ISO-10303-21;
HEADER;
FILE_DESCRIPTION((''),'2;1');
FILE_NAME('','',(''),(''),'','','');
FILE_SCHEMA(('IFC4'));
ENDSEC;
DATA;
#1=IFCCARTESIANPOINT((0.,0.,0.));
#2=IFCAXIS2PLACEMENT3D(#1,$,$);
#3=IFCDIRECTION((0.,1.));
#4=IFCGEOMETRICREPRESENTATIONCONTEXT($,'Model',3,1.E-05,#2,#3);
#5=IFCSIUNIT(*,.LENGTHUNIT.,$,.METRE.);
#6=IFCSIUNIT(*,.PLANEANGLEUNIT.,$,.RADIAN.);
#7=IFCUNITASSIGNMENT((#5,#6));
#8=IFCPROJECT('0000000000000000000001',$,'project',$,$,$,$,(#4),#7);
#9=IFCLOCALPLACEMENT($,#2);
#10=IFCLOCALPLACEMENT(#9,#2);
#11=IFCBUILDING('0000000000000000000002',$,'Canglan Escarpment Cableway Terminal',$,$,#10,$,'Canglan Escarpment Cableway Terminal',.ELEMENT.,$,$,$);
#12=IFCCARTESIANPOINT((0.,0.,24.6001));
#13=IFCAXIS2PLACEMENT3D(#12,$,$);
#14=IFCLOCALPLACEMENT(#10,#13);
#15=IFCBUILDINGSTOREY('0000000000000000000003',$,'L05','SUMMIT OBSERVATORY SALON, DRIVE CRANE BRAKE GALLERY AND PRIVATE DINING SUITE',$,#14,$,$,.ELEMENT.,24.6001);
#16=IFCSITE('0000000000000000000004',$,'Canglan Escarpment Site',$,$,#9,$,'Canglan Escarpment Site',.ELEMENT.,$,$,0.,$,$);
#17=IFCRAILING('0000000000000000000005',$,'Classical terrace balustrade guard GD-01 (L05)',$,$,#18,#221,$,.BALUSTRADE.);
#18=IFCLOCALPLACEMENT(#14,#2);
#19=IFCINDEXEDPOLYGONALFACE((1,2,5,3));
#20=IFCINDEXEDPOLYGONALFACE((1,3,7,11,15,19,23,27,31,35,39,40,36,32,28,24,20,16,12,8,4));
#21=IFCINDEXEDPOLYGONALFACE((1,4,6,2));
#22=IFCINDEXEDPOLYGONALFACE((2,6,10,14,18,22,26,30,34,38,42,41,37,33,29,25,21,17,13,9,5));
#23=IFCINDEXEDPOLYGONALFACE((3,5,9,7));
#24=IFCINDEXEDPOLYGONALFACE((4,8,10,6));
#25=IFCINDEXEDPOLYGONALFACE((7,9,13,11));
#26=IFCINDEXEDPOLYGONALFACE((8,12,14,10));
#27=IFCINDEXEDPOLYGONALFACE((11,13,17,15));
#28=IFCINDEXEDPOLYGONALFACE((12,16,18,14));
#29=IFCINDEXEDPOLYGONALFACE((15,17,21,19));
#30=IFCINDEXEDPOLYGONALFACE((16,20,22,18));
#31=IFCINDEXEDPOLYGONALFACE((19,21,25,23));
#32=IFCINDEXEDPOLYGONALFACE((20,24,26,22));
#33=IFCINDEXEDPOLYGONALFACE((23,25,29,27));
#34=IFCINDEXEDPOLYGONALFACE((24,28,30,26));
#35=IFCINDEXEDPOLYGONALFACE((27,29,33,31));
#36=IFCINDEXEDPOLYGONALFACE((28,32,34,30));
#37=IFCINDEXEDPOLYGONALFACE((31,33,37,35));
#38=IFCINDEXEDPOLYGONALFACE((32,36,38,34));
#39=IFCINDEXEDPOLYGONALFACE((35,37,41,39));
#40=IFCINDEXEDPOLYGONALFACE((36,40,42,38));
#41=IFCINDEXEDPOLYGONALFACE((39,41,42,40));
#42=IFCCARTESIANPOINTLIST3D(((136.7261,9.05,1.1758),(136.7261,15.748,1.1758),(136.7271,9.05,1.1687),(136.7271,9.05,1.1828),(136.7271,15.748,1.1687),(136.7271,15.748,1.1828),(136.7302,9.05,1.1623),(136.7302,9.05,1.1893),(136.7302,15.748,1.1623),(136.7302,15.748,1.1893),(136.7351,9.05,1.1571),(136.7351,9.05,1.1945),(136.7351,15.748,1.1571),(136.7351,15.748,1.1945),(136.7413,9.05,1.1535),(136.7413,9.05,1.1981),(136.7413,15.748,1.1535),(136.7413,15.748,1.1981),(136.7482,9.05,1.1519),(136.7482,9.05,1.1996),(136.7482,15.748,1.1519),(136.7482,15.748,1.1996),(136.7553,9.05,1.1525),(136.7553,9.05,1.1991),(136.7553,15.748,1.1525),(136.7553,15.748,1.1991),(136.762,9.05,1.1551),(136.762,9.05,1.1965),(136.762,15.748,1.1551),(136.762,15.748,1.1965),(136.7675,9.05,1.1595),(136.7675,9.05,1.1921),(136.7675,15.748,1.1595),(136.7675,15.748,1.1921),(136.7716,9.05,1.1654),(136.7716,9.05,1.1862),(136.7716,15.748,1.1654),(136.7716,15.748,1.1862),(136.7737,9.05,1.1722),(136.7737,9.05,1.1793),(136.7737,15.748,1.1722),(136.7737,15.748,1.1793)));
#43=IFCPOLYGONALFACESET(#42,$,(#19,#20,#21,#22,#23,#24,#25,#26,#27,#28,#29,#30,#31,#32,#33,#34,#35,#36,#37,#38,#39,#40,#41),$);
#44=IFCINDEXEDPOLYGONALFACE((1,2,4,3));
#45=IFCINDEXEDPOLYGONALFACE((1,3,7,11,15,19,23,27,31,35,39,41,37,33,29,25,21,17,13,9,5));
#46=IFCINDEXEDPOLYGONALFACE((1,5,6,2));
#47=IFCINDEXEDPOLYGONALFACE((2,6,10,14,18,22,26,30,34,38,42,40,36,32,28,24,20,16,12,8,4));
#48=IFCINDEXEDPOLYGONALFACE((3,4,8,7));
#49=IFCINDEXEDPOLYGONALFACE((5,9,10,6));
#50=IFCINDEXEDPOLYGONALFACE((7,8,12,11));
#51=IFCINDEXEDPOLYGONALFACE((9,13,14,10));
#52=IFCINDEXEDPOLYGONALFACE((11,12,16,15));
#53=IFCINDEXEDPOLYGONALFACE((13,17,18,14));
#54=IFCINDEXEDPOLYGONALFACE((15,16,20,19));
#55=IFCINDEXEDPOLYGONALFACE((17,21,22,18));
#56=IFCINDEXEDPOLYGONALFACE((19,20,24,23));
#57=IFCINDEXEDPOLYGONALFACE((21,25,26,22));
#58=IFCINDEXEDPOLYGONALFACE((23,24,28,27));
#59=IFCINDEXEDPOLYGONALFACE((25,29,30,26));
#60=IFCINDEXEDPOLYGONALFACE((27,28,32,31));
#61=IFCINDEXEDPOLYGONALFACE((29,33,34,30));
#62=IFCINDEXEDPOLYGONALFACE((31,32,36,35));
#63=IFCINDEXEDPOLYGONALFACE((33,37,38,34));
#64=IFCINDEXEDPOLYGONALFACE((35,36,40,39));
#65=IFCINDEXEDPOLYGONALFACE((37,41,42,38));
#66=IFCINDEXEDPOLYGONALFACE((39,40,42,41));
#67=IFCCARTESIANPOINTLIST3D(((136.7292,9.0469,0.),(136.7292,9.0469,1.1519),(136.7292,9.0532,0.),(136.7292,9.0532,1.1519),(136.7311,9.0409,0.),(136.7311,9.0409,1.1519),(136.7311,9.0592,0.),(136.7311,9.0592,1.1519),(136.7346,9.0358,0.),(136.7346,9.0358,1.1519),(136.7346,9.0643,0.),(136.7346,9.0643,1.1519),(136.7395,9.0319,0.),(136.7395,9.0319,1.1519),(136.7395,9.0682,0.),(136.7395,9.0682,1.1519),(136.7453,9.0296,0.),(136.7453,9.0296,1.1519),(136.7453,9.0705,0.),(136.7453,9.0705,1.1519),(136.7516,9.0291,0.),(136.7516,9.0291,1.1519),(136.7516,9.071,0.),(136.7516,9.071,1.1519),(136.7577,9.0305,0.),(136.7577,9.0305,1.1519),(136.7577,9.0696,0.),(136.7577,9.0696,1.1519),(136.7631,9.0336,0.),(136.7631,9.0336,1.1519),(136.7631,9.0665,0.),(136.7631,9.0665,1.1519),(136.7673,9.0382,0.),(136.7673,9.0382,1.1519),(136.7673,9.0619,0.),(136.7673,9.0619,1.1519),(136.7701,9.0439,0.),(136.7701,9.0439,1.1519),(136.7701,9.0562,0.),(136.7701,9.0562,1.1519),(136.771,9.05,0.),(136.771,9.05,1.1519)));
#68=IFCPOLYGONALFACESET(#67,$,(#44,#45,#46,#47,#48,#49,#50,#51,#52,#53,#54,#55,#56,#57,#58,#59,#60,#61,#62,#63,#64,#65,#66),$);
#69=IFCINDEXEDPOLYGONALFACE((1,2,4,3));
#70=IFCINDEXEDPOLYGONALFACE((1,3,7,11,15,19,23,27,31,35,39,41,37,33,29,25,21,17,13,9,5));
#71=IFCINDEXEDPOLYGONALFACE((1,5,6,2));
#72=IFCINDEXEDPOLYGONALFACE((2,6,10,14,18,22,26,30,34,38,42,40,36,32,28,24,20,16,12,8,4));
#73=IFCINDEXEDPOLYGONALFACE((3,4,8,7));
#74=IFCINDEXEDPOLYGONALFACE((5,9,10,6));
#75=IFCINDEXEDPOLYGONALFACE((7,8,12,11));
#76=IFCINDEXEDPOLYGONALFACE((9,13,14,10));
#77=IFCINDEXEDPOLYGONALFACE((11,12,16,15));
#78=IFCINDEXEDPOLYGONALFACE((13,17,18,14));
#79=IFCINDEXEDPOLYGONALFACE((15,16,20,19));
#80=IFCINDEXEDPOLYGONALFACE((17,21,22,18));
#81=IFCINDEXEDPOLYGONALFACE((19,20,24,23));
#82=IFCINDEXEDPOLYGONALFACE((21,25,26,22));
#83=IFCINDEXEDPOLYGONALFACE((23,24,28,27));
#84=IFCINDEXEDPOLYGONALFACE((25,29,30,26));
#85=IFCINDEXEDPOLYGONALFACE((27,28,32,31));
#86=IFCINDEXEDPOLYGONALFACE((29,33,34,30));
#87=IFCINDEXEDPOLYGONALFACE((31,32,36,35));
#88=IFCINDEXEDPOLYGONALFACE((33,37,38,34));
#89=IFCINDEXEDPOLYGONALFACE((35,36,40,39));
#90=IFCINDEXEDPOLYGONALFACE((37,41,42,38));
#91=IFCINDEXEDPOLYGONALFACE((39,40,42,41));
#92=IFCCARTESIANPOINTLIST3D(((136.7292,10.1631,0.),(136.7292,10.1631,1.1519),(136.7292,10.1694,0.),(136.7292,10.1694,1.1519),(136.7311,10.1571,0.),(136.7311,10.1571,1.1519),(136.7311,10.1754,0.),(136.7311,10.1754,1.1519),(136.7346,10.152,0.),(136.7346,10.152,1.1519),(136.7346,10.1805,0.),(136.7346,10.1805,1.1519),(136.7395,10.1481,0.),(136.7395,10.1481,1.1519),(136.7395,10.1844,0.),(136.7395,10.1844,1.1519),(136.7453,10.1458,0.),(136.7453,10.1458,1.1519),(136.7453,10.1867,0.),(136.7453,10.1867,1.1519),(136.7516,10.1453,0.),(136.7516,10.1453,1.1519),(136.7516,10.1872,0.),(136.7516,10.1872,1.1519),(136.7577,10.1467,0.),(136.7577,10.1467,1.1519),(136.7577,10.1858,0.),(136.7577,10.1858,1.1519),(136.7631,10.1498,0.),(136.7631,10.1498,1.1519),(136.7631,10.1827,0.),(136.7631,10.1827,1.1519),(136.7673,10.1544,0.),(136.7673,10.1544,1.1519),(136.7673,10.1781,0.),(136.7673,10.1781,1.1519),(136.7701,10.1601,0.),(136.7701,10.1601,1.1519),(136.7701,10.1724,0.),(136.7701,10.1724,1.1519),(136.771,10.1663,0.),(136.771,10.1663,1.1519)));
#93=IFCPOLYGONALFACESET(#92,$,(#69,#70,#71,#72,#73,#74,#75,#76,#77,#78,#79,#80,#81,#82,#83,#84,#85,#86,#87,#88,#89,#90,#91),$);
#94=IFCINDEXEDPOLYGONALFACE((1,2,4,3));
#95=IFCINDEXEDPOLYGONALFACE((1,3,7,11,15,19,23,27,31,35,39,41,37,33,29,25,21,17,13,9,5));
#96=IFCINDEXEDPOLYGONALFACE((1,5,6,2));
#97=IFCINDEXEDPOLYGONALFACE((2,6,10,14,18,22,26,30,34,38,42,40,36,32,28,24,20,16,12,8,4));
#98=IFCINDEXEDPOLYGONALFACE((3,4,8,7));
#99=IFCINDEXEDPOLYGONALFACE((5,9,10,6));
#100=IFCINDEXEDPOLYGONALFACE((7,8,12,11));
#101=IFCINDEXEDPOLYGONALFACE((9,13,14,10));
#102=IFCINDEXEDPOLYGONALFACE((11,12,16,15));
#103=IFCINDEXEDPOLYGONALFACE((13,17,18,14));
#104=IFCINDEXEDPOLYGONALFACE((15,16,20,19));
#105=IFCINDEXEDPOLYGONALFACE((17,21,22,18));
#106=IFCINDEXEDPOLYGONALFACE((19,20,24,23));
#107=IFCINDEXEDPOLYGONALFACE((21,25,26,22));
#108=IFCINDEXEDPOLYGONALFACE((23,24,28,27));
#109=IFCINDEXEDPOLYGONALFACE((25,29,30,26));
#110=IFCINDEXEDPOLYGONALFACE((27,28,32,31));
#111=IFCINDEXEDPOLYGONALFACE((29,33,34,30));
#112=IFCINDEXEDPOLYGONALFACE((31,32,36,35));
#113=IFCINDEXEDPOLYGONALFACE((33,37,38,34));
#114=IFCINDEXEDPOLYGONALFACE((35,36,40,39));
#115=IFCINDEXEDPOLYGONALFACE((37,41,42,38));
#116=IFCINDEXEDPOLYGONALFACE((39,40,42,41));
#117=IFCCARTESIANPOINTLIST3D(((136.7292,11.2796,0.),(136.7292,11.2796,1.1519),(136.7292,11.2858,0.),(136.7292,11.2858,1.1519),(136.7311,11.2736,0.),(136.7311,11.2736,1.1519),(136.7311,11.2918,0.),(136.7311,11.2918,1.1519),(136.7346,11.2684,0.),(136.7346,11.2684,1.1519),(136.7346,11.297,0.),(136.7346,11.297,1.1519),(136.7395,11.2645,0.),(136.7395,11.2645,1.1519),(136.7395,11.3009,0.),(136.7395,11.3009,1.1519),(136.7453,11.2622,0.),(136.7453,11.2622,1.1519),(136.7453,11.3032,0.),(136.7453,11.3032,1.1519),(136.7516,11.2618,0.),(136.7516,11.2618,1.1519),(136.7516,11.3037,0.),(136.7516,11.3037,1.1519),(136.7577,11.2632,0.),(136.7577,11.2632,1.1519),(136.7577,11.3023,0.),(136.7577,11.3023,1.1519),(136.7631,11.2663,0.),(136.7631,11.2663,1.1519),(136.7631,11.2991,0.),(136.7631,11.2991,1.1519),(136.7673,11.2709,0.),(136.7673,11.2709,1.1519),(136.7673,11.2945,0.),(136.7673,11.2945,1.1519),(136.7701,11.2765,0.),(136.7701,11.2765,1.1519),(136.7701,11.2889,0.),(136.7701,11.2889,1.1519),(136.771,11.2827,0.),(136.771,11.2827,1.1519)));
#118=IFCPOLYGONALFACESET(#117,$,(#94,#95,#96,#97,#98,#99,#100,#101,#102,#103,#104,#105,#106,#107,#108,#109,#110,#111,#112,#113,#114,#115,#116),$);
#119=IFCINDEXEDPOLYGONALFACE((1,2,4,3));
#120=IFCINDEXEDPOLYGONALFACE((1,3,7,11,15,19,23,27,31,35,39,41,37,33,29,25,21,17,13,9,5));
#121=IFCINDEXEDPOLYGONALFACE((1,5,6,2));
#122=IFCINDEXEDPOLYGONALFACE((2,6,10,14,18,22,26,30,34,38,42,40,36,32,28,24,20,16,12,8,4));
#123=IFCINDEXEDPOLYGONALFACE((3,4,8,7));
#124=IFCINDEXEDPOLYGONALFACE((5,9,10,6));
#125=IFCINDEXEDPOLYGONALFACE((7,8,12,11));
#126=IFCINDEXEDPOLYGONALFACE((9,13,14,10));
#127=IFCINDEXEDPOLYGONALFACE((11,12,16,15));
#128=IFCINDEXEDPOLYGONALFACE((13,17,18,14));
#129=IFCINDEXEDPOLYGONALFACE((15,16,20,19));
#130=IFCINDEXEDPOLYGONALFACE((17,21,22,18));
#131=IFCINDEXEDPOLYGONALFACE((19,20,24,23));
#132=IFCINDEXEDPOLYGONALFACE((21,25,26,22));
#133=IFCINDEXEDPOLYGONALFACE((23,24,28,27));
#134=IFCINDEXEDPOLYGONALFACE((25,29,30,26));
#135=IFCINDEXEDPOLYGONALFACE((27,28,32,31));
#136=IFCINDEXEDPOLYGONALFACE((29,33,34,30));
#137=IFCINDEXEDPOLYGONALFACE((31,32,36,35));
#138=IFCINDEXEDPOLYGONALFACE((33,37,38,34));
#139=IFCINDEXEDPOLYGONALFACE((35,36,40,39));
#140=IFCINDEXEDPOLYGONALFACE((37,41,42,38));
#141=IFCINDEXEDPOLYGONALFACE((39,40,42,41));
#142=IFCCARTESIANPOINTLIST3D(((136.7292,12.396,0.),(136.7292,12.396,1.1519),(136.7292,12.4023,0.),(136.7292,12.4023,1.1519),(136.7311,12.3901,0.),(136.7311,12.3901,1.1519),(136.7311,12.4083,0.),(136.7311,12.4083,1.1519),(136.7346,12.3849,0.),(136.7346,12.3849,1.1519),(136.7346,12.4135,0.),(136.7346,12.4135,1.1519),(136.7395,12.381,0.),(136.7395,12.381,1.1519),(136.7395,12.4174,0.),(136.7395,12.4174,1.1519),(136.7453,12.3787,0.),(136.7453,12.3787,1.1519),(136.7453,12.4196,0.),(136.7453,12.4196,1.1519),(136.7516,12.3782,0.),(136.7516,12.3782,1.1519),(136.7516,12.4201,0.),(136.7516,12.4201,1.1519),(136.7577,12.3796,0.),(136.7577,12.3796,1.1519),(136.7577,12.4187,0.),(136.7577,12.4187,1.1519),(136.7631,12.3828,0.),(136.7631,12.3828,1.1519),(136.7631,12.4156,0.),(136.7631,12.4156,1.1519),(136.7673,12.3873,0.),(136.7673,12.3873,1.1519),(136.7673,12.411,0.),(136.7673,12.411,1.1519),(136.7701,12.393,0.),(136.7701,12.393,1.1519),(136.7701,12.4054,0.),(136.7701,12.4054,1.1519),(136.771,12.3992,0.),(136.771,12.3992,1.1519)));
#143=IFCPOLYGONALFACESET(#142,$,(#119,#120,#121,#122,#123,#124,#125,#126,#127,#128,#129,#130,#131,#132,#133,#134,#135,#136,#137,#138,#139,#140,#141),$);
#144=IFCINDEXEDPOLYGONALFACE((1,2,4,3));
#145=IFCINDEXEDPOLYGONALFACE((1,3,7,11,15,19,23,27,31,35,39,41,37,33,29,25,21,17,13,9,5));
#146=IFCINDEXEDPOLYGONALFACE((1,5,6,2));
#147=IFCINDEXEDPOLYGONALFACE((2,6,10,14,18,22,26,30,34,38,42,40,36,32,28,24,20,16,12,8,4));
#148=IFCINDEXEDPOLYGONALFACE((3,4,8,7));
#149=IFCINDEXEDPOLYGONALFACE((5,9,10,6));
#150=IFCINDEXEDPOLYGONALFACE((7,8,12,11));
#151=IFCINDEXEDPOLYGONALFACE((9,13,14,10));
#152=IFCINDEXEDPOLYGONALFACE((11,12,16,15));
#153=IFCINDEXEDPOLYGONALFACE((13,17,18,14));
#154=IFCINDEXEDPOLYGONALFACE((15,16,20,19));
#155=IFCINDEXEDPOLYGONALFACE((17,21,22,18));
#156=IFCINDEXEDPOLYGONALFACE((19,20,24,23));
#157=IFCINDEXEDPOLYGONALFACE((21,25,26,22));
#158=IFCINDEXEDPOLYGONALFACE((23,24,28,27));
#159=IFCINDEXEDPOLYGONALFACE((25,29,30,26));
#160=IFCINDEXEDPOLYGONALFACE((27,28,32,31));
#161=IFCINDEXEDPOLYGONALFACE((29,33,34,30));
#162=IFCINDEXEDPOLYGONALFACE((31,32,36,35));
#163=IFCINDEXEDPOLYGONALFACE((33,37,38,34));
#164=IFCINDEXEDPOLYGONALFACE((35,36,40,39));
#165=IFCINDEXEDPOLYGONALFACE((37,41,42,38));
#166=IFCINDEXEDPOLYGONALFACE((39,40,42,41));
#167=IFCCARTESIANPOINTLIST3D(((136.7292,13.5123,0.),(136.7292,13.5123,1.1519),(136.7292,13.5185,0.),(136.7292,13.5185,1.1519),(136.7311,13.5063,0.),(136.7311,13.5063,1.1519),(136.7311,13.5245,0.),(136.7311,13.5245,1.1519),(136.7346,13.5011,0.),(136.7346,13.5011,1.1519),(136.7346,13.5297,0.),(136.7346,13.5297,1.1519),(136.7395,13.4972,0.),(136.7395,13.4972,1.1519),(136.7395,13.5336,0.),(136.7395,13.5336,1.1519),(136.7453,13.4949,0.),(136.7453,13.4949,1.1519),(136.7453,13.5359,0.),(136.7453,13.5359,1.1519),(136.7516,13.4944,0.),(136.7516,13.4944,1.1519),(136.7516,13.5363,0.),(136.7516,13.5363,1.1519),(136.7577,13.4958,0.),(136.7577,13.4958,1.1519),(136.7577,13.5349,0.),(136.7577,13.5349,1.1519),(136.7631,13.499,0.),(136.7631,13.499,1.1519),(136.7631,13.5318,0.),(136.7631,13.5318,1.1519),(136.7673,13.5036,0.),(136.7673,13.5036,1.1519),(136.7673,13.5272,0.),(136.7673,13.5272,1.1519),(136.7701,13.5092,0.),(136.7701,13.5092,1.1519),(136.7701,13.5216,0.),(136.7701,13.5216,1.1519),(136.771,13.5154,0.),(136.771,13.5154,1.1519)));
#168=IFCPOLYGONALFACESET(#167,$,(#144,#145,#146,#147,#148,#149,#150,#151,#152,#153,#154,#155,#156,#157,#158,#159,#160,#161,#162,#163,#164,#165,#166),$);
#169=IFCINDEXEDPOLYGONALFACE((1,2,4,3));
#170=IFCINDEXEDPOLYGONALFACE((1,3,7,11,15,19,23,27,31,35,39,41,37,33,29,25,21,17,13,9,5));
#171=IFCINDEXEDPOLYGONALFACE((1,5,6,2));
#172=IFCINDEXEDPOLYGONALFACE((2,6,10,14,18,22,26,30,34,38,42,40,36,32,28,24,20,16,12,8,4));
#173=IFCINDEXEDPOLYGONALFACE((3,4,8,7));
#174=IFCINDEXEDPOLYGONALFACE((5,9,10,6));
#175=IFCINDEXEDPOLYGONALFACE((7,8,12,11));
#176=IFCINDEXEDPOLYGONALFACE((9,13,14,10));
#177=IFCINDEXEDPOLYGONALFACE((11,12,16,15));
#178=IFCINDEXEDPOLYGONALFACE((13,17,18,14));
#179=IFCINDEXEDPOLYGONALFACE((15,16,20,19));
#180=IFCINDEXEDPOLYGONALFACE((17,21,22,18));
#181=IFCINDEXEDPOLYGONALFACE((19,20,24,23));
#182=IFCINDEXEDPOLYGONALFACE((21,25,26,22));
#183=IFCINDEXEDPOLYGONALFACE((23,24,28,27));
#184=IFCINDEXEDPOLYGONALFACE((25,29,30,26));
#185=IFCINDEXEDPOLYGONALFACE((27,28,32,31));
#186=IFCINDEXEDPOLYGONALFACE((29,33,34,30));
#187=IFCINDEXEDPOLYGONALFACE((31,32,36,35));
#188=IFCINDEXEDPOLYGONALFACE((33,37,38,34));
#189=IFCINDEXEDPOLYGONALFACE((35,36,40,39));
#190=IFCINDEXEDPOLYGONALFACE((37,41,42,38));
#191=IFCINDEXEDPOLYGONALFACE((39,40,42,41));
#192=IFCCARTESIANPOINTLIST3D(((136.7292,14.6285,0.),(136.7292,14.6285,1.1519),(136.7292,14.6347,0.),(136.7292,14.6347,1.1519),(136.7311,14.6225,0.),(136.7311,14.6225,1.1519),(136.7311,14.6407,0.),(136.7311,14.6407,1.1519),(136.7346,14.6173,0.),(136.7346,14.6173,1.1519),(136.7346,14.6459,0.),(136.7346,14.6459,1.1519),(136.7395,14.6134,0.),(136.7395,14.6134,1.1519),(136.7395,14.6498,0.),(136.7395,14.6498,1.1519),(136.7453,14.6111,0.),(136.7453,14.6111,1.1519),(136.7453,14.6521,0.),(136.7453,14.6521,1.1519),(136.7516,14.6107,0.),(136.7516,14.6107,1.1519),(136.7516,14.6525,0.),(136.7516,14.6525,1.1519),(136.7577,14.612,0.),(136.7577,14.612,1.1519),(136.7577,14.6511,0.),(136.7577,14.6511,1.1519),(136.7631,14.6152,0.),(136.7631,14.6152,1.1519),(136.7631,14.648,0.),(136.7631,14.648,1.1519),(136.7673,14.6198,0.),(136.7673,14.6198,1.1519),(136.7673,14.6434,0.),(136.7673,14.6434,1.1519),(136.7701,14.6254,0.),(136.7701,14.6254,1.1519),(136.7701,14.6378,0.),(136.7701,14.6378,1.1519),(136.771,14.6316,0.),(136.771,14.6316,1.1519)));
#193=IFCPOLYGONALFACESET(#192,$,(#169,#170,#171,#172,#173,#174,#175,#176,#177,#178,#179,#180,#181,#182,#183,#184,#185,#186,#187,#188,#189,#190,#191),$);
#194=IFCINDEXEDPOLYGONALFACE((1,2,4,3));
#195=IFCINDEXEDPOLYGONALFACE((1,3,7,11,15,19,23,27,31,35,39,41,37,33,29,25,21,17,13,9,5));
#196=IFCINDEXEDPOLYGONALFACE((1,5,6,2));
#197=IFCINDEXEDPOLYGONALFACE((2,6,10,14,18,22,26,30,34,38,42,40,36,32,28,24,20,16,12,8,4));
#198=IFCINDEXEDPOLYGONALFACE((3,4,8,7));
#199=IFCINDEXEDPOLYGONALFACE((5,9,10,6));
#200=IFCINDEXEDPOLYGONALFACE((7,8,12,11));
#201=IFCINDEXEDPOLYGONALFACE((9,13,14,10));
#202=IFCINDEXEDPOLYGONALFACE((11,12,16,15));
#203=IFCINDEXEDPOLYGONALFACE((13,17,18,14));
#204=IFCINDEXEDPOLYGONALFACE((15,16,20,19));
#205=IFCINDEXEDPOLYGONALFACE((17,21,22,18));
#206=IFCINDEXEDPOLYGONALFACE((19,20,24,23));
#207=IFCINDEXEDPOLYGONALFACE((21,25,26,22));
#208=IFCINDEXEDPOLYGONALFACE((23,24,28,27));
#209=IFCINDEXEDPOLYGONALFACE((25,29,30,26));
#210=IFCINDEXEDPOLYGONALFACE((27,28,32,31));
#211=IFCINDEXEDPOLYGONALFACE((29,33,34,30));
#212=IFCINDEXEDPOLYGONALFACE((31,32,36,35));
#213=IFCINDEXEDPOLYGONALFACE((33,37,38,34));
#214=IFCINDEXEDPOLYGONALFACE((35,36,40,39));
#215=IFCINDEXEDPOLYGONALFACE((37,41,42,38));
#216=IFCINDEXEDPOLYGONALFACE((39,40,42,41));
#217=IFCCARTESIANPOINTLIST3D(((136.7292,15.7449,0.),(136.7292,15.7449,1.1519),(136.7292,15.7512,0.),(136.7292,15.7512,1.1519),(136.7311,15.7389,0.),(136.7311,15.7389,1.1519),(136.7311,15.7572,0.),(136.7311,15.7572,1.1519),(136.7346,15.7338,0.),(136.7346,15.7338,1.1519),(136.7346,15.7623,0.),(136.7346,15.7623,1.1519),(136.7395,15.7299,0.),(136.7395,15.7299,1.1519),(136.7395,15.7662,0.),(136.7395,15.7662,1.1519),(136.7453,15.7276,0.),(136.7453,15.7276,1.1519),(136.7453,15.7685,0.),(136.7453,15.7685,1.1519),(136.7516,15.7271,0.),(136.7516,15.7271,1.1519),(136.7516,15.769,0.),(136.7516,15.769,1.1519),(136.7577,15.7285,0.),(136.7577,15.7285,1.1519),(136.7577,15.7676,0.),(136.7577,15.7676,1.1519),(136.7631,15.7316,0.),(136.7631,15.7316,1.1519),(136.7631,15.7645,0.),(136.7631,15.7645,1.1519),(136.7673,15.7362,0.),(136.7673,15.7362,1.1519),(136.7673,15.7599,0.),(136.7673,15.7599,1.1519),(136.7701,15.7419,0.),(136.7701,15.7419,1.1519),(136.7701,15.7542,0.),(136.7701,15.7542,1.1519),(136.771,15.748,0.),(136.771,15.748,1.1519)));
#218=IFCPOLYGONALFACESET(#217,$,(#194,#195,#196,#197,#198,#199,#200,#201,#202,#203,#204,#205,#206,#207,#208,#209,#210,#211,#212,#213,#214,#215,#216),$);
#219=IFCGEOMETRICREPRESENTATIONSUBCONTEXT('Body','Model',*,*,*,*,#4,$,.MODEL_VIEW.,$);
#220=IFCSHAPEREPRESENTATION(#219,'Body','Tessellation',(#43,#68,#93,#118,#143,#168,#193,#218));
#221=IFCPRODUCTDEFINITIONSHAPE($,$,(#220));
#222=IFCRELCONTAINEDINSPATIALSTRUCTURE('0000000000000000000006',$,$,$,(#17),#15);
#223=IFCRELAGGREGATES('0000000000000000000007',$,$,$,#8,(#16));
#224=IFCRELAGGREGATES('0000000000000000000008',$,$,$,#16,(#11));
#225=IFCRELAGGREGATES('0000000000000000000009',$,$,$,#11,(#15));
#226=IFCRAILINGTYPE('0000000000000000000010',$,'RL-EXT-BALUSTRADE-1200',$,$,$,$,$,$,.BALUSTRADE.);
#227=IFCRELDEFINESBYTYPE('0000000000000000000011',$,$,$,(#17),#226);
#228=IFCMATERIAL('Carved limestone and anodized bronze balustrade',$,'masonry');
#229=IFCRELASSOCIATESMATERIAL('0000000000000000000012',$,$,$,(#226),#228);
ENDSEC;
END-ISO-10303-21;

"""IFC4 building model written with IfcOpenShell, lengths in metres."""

from ifc_helpers import new_model, si_unit, direction, frame, origin, origin_2d, place, context, subcontext, project, spatial, circle, extrude, material, type_object, element, save


model = new_model("IFC4")

# Units and contexts
model_context = context("Model", 3, precision=1e-05, world=origin(), true_north=direction((0.0, 1.0)))
body_context = subcontext(model_context, "Body", "Model", "MODEL_VIEW")
ifc_project = project(units=[si_unit("LENGTHUNIT", "METRE"), si_unit("PLANEANGLEUNIT", "RADIAN")], contexts=[model_context])

# Site, building, storey
site_placement = place(None, origin())
site = spatial("IfcSite", under=ifc_project, at=site_placement, Name="Canglan Escarpment Site", LongName="Canglan Escarpment Site", CompositionType="ELEMENT", RefElevation=0.0)
building_placement = place(site_placement, origin())
building = spatial("IfcBuilding", under=site, at=building_placement, Name="Canglan Escarpment Cableway Terminal", LongName="Canglan Escarpment Cableway Terminal", CompositionType="ELEMENT")
storey_placement = place(building_placement, frame((0.0, 0.0, 24.6001)))
storey = spatial("IfcBuildingStorey", under=building, at=storey_placement, Name="L05", Description="SUMMIT OBSERVATORY SALON, DRIVE CRANE BRAKE GALLERY AND PRIVATE DINING SUITE", CompositionType="ELEMENT", Elevation=24.6001)

# Railing
ifc_material_1 = material(Name="Carved limestone and anodized bronze balustrade", Category="masonry")
railing_type = type_object("IfcRailingType", Name="RL-EXT-BALUSTRADE-1200", PredefinedType="BALUSTRADE", material=ifc_material_1)
railing_1_placement = place(storey_placement, frame((136.75, 9.05, 0.0)))
element("IfcRailing", 1, at=railing_1_placement, inside=storey, type_object=railing_type, Name="Classical terrace balustrade guard GD-01 (L05)", PredefinedType="BALUSTRADE", context=body_context, shape_type="SweptSolid", body=[
    extrude(circle(Radius=0.0239, at=origin_2d()), frame((0.0, 0.0, 1.1758), z_axis=(0.0, 1.0, 0.0), x_axis=(-1.0, 0.0, 0.0)), (0.0, 0.0, 1.0), 6.698),
    extrude(circle(Radius=0.021, at=origin_2d()), origin(), (0.0, 0.0, 1.0), 1.1519),
    extrude(circle(Radius=0.021, at=origin_2d()), frame((0.0, 1.1162, 0.0)), (0.0, 0.0, 1.0), 1.1519),
    extrude(circle(Radius=0.021, at=origin_2d()), frame((0.0, 2.2327, 0.0)), (0.0, 0.0, 1.0), 1.1519),
    extrude(circle(Radius=0.021, at=origin_2d()), frame((0.0, 3.3491, 0.0)), (0.0, 0.0, 1.0), 1.1519),
    extrude(circle(Radius=0.021, at=origin_2d()), frame((0.0, 4.4653, 0.0)), (0.0, 0.0, 1.0), 1.1519),
    extrude(circle(Radius=0.021, at=origin_2d()), frame((0.0, 5.5815, 0.0)), (0.0, 0.0, 1.0), 1.1519),
    extrude(circle(Radius=0.021, at=origin_2d()), frame((0.0, 6.698, 0.0)), (0.0, 0.0, 1.0), 1.1519),
])

save(model, "model.ifc")
